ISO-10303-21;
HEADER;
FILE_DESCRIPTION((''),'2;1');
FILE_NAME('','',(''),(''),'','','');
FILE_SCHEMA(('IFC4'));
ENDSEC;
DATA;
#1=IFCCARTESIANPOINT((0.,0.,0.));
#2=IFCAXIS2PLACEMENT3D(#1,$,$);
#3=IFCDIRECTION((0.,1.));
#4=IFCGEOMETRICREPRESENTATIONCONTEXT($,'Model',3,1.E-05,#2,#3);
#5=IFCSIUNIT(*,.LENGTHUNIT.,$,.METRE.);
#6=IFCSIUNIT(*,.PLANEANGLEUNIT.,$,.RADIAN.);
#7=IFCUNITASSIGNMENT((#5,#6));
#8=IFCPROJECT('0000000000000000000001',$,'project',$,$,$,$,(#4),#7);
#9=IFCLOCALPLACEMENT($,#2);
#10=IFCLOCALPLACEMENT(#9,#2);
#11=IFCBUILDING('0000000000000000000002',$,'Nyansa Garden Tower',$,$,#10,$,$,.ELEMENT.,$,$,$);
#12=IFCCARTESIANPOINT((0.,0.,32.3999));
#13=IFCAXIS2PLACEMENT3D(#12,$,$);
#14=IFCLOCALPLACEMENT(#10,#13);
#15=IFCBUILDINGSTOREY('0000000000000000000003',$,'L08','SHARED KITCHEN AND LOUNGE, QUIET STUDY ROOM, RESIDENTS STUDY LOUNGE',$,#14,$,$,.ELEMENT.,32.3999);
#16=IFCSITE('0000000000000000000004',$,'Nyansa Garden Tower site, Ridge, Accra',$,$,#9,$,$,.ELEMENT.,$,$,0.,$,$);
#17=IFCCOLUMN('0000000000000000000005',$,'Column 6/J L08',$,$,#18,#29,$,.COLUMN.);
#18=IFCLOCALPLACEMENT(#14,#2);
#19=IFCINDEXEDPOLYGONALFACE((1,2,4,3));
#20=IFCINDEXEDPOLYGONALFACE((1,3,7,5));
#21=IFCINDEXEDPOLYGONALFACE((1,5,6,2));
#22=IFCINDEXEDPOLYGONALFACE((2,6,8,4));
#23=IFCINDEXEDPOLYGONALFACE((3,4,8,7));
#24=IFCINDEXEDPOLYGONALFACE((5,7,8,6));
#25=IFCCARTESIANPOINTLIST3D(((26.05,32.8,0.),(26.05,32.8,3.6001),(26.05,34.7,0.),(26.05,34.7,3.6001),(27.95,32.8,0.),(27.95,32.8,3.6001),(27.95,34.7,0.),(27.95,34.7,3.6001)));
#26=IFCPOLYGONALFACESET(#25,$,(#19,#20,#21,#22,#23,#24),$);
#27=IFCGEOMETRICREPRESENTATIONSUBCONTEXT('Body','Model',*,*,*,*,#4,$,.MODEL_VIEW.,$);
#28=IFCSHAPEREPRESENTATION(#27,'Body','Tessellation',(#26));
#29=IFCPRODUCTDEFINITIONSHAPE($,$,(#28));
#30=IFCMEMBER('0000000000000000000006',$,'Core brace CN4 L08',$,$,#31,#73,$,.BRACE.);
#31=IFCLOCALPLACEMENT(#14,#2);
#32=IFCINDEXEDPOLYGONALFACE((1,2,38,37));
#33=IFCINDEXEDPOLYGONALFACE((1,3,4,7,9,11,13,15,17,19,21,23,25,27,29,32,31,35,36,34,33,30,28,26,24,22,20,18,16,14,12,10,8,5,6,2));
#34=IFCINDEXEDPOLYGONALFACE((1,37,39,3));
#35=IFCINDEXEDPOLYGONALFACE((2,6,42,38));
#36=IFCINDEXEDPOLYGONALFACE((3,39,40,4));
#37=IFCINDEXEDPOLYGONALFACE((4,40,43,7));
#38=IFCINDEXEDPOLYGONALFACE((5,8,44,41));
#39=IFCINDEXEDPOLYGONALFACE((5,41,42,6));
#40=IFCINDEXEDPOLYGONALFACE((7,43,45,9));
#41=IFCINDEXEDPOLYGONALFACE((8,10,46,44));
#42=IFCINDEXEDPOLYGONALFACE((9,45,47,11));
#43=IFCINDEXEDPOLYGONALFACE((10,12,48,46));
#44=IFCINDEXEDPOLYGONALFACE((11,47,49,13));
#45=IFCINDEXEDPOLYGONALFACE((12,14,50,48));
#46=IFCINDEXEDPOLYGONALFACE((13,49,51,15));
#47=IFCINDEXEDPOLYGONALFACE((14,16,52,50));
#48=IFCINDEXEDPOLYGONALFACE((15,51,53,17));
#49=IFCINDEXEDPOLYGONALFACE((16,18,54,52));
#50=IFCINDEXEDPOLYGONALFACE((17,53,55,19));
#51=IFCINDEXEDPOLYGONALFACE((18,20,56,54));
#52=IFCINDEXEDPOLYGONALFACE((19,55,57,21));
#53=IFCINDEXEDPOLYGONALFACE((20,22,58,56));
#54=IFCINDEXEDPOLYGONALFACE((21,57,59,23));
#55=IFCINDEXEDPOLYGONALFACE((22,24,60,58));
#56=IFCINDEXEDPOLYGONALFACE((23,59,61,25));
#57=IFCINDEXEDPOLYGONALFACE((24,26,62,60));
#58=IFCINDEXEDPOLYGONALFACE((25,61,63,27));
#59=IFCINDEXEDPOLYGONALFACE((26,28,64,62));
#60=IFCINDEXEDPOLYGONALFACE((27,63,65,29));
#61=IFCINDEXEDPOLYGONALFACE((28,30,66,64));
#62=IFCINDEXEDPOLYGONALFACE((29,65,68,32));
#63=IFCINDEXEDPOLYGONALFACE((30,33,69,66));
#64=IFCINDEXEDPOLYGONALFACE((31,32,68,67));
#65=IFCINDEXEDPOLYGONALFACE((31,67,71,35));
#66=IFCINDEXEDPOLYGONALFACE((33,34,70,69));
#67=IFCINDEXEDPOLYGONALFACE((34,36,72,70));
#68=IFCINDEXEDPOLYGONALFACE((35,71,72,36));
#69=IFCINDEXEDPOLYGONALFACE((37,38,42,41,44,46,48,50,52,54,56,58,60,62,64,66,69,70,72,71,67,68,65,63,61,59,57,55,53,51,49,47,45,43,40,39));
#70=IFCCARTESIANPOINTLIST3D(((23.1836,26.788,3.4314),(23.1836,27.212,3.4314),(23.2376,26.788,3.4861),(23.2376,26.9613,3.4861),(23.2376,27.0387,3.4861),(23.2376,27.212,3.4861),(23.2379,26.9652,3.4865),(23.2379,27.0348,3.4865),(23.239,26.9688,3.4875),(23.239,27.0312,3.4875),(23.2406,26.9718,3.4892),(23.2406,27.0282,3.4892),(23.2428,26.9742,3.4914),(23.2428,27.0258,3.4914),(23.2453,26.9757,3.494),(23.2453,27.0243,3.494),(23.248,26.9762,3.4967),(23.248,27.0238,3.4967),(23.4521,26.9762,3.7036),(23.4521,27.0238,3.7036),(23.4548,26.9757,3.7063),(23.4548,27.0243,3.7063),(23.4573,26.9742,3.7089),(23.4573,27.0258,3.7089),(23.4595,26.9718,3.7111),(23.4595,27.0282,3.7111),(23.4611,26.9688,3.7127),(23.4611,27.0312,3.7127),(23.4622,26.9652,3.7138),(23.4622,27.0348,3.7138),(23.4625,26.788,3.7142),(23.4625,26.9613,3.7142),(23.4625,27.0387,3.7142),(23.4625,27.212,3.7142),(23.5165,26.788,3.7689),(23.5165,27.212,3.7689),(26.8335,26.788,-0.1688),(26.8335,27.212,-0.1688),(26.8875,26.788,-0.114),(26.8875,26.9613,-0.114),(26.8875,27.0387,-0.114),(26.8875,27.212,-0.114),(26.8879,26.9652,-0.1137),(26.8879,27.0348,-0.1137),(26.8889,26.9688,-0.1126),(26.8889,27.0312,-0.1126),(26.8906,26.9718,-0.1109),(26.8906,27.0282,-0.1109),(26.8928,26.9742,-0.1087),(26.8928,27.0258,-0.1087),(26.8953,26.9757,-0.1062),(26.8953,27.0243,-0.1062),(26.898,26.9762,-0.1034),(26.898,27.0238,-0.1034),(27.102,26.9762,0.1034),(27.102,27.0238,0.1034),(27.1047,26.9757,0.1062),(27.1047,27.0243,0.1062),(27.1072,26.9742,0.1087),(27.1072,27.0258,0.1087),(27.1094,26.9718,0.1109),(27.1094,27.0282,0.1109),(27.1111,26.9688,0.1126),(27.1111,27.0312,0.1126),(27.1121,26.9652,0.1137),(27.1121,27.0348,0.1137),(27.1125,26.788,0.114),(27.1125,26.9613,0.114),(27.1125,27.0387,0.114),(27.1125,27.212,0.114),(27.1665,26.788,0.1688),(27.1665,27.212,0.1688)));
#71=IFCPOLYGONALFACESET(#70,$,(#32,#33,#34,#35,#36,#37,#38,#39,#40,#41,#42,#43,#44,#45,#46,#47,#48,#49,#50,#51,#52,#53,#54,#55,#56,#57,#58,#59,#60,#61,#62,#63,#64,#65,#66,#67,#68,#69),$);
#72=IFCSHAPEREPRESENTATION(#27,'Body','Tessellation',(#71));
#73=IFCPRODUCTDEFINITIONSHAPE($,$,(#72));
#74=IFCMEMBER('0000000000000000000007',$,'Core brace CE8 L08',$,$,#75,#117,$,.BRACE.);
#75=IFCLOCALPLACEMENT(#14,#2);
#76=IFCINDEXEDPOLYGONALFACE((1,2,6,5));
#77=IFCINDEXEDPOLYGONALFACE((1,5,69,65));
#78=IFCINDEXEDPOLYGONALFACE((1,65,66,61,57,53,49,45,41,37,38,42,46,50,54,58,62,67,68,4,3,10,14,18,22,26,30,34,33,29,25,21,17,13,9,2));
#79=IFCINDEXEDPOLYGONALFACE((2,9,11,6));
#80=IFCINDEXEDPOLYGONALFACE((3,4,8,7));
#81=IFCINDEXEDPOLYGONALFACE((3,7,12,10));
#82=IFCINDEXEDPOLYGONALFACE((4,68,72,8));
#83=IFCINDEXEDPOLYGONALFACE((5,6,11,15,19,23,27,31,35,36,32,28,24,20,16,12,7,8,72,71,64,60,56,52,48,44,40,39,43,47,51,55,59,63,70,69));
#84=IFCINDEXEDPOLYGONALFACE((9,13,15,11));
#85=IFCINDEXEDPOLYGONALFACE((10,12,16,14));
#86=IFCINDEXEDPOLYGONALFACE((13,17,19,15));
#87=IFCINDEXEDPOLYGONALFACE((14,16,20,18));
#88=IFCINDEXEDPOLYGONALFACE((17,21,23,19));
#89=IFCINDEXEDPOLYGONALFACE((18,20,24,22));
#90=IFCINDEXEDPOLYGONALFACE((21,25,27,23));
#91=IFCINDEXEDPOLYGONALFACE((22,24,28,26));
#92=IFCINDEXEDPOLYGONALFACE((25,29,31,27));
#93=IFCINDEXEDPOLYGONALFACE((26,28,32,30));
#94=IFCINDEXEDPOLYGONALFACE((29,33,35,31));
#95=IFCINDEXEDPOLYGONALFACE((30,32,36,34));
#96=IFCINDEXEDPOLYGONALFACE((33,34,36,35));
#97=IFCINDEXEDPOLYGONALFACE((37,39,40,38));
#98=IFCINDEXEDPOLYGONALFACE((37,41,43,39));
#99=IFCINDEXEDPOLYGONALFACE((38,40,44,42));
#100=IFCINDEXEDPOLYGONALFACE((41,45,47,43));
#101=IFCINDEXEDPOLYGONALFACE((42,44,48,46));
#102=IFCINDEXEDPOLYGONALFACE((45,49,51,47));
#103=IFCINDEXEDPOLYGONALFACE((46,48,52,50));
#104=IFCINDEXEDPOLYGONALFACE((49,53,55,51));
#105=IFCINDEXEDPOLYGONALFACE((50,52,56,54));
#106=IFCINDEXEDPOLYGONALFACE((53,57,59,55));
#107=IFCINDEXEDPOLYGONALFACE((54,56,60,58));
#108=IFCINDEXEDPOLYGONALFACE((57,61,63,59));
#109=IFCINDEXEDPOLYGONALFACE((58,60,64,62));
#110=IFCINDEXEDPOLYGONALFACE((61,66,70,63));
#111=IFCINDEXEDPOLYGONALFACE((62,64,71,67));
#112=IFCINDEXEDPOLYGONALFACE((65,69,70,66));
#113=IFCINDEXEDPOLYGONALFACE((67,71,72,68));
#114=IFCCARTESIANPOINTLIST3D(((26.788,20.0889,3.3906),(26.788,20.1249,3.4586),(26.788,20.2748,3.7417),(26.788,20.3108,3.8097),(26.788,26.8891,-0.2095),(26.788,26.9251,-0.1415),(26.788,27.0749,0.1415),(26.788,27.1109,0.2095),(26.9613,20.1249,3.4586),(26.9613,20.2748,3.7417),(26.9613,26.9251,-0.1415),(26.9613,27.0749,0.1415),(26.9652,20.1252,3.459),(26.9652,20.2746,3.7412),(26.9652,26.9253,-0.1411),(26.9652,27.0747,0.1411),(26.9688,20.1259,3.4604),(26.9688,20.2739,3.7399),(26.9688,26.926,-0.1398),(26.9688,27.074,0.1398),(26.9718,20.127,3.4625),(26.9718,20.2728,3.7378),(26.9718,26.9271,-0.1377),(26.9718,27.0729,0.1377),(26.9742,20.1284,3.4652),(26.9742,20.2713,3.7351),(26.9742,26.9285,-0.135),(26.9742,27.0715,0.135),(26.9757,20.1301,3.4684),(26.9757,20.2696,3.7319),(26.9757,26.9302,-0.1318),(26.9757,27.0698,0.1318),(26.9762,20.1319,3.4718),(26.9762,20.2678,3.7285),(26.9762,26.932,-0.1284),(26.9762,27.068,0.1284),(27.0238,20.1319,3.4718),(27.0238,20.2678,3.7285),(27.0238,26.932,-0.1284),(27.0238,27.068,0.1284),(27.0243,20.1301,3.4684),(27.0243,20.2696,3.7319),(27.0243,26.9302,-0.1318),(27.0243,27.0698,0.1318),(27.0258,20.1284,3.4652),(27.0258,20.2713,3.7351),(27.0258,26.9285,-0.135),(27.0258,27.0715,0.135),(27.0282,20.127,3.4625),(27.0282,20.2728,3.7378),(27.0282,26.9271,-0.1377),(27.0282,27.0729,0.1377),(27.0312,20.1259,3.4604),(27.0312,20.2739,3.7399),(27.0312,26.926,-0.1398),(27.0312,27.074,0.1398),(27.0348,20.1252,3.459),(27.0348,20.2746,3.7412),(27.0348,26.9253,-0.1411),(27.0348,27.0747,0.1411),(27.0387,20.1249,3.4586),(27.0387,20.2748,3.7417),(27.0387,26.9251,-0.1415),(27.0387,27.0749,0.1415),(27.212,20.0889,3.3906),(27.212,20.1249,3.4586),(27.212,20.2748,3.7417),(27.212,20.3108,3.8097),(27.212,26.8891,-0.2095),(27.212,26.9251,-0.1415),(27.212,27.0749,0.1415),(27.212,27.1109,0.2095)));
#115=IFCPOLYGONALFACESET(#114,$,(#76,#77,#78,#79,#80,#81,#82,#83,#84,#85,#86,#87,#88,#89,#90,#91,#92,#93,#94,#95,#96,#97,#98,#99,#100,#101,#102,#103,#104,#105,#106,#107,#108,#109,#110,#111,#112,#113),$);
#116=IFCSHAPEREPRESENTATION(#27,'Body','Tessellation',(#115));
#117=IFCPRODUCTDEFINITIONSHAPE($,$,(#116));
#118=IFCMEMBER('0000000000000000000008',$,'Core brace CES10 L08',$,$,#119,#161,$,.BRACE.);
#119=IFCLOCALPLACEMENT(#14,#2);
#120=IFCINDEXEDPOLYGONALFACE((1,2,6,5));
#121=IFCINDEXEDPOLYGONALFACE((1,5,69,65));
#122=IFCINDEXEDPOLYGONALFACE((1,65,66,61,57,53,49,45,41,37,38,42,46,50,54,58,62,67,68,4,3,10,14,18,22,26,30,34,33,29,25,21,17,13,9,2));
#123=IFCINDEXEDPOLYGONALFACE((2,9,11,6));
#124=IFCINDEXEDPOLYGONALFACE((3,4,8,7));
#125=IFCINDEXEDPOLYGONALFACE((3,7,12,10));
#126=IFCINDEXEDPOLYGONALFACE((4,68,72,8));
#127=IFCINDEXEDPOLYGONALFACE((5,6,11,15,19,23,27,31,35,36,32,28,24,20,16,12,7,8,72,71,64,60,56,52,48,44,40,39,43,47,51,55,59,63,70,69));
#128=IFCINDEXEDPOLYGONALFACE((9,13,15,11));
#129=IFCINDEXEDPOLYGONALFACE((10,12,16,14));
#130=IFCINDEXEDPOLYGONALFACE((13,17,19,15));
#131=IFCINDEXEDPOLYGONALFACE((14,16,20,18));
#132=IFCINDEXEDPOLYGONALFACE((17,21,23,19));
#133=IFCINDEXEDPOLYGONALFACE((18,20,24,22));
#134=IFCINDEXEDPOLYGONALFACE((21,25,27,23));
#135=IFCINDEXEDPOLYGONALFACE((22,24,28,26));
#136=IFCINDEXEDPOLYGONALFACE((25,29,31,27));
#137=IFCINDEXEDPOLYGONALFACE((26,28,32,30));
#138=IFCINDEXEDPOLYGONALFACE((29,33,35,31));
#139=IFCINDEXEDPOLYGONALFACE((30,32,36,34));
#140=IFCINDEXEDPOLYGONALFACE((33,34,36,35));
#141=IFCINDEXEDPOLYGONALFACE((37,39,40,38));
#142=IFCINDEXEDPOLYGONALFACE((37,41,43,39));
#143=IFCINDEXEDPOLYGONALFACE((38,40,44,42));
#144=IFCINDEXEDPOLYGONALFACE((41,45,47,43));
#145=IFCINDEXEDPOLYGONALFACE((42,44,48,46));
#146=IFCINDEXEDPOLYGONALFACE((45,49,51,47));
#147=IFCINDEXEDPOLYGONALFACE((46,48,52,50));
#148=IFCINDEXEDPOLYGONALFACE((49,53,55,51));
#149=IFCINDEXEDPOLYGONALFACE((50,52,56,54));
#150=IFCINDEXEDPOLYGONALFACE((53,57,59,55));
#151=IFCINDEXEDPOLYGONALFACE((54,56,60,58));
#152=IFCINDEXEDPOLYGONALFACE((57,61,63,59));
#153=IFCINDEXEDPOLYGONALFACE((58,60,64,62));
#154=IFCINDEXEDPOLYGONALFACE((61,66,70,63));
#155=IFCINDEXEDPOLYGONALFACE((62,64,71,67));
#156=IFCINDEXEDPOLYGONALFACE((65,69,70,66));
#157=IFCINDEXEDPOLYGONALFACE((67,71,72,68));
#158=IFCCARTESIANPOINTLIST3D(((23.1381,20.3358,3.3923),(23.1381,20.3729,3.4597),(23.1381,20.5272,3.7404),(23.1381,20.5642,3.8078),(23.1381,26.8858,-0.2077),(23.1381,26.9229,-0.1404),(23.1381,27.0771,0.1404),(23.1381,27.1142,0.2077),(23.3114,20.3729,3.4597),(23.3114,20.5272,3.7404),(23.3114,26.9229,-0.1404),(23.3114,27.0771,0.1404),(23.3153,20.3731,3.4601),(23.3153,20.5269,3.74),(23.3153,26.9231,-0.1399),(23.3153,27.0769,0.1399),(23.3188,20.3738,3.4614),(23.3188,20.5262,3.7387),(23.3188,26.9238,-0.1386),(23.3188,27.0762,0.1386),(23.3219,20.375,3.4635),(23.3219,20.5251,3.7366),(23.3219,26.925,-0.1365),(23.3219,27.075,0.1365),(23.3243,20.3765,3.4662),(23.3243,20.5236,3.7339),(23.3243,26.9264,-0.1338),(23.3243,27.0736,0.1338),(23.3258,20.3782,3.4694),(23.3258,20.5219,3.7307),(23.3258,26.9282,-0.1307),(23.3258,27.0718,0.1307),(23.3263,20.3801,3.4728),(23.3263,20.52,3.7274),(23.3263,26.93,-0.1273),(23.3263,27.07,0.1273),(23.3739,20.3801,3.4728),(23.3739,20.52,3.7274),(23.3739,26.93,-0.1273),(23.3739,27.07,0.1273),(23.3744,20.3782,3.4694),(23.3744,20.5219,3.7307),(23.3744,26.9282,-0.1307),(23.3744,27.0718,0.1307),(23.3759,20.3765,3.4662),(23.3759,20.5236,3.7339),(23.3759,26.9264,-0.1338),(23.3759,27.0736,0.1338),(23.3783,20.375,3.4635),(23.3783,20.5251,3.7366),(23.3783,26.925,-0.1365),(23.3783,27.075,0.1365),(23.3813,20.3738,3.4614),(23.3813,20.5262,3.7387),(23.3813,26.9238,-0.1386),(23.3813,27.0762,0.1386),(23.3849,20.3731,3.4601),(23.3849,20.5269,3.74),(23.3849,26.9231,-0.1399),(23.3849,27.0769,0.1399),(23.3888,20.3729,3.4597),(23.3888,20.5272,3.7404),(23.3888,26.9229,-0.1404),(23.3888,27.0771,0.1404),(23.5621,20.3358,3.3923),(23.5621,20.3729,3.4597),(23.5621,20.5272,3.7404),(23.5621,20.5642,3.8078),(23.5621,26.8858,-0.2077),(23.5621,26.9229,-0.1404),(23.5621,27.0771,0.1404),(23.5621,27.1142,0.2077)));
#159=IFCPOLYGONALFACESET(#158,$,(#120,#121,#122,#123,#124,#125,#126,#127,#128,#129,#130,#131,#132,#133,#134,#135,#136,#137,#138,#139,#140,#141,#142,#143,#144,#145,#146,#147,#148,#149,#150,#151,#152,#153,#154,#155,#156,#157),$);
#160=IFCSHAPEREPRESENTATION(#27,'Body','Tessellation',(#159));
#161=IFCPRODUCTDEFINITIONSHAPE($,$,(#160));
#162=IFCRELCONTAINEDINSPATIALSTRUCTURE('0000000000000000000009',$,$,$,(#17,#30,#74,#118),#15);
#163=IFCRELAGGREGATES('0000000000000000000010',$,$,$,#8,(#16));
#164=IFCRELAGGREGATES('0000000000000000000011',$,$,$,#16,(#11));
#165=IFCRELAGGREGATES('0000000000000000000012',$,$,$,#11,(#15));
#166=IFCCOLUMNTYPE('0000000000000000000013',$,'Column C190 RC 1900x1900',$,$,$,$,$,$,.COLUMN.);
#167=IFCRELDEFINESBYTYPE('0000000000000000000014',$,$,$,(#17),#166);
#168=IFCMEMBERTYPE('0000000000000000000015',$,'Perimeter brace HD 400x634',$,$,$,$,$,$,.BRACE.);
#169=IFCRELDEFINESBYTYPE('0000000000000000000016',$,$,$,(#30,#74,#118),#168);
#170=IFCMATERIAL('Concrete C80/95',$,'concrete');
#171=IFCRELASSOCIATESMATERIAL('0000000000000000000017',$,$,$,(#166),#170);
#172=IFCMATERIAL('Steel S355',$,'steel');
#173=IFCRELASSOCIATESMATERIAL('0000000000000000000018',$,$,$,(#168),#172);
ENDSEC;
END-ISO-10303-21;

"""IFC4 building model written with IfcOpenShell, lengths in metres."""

from ifc_helpers import new_model, si_unit, direction, frame, origin, origin_2d, place, context, subcontext, project, spatial, rectangle, i_section, extrude, material, material_profile, profile_set, type_object, element, save


model = new_model("IFC4")

# Units and contexts
model_context = context("Model", 3, precision=1e-05, world=origin(), true_north=direction((0.0, 1.0)))
body_context = subcontext(model_context, "Body", "Model", "MODEL_VIEW")
ifc_project = project(units=[si_unit("LENGTHUNIT", "METRE"), si_unit("PLANEANGLEUNIT", "RADIAN")], contexts=[model_context])

# Site, building, storey
site_placement = place(None, origin())
site = spatial("IfcSite", under=ifc_project, at=site_placement, Name="Nyansa Garden Tower site, Ridge, Accra", CompositionType="ELEMENT", RefElevation=0.0)
building_placement = place(site_placement, origin())
building = spatial("IfcBuilding", under=site, at=building_placement, Name="Nyansa Garden Tower", CompositionType="ELEMENT")
storey_placement = place(building_placement, frame((0.0, 0.0, 32.3999)))
storey = spatial("IfcBuildingStorey", under=building, at=storey_placement, Name="L08", Description="SHARED KITCHEN AND LOUNGE, QUIET STUDY ROOM, RESIDENTS STUDY LOUNGE", CompositionType="ELEMENT", Elevation=32.3999)

# Column
ifc_material_1 = material(Name="Concrete C80/95", Category="concrete")
ifc_material_profile_1 = material_profile(ifc_material_1, rectangle(XDim=1.8999, YDim=1.8999, at=origin_2d()), Name="RC 1900x1900")
ifc_profile_set_1 = profile_set([ifc_material_profile_1], Name="Concrete C80/95")
column_type = type_object("IfcColumnType", Name="Column C190 RC 1900x1900", PredefinedType="COLUMN", material=ifc_profile_set_1)
column_placement = place(storey_placement, frame((27.0, 33.75, 0.0), z_axis=(0.0, 0.0, 1.0), x_axis=(1.0, 0.0, 0.0)))
element("IfcColumn", 1, at=column_placement, inside=storey, type_object=column_type, Name="Column 6/J L08", PredefinedType="COLUMN", context=body_context, shape_type="SweptSolid", body=[
    extrude(rectangle(XDim=1.8999, YDim=1.8999, at=origin_2d()), origin(), (0.0, 0.0, 1.0), 3.6001),
])

# Members
ifc_material_2 = material(Name="Steel S355", Category="steel")
ifc_material_profile_2 = material_profile(ifc_material_2, i_section(OverallWidth=0.4241, OverallDepth=0.4741, WebThickness=0.0476, FlangeThickness=0.0769, FilletRadius=0.0149, at=origin_2d()), Name="HD 400x634")
ifc_profile_set_2 = profile_set([ifc_material_profile_2], Name="Steel S355")
member_type = type_object("IfcMemberType", Name="Perimeter brace HD 400x634", PredefinedType="BRACE", material=ifc_profile_set_2)
member_1_placement = place(storey_placement, frame((27.0, 27.0, 0.0), z_axis=(-0.711948, 0.0, 0.702233), x_axis=(0.0, -1.0, 0.0)))
element("IfcMember", 2, at=member_1_placement, inside=storey, type_object=member_type, Name="Core brace CN4 L08", PredefinedType="BRACE", context=body_context, shape_type="SweptSolid", body=[
    extrude(i_section(OverallWidth=0.4241, OverallDepth=0.4741, WebThickness=0.0476, FlangeThickness=0.0769, FilletRadius=0.0149, at=origin_2d()), origin(), (0.0, 0.0, 1.0), 5.1267),
])
member_2_placement = place(storey_placement, frame((27.0, 27.0, 0.0), z_axis=(0.0, -0.883784, 0.467895), x_axis=(1.0, 0.0, 0.0)))
element("IfcMember", 3, at=member_2_placement, inside=storey, type_object=member_type, Name="Core brace CE8 L08", PredefinedType="BRACE", context=body_context, shape_type="SweptSolid", body=[
    extrude(i_section(OverallWidth=0.4241, OverallDepth=0.4741, WebThickness=0.0476, FlangeThickness=0.0769, FilletRadius=0.0149, at=origin_2d()), origin(), (0.0, 0.0, 1.0), 7.6943),
])
for number, where, z_axis, x_axis, name in (
    (4, (23.3501, 27.0, 0.0), (0.0, -0.876353, 0.481669), (1.0, 0.0, 0.0), "Core brace CES10 L08"),
):
    element("IfcMember", number, at=place(storey_placement, frame(where, z_axis=z_axis, x_axis=x_axis)), inside=storey, type_object=member_type, Name=name, PredefinedType="BRACE", context=body_context, shape_type="SweptSolid", body=[
        extrude(i_section(OverallWidth=0.4241, OverallDepth=0.4741, WebThickness=0.0476, FlangeThickness=0.0769, FilletRadius=0.0149, at=origin_2d()), origin(), (0.0, 0.0, 1.0), 7.4741),
    ])

save(model, "model.ifc")
